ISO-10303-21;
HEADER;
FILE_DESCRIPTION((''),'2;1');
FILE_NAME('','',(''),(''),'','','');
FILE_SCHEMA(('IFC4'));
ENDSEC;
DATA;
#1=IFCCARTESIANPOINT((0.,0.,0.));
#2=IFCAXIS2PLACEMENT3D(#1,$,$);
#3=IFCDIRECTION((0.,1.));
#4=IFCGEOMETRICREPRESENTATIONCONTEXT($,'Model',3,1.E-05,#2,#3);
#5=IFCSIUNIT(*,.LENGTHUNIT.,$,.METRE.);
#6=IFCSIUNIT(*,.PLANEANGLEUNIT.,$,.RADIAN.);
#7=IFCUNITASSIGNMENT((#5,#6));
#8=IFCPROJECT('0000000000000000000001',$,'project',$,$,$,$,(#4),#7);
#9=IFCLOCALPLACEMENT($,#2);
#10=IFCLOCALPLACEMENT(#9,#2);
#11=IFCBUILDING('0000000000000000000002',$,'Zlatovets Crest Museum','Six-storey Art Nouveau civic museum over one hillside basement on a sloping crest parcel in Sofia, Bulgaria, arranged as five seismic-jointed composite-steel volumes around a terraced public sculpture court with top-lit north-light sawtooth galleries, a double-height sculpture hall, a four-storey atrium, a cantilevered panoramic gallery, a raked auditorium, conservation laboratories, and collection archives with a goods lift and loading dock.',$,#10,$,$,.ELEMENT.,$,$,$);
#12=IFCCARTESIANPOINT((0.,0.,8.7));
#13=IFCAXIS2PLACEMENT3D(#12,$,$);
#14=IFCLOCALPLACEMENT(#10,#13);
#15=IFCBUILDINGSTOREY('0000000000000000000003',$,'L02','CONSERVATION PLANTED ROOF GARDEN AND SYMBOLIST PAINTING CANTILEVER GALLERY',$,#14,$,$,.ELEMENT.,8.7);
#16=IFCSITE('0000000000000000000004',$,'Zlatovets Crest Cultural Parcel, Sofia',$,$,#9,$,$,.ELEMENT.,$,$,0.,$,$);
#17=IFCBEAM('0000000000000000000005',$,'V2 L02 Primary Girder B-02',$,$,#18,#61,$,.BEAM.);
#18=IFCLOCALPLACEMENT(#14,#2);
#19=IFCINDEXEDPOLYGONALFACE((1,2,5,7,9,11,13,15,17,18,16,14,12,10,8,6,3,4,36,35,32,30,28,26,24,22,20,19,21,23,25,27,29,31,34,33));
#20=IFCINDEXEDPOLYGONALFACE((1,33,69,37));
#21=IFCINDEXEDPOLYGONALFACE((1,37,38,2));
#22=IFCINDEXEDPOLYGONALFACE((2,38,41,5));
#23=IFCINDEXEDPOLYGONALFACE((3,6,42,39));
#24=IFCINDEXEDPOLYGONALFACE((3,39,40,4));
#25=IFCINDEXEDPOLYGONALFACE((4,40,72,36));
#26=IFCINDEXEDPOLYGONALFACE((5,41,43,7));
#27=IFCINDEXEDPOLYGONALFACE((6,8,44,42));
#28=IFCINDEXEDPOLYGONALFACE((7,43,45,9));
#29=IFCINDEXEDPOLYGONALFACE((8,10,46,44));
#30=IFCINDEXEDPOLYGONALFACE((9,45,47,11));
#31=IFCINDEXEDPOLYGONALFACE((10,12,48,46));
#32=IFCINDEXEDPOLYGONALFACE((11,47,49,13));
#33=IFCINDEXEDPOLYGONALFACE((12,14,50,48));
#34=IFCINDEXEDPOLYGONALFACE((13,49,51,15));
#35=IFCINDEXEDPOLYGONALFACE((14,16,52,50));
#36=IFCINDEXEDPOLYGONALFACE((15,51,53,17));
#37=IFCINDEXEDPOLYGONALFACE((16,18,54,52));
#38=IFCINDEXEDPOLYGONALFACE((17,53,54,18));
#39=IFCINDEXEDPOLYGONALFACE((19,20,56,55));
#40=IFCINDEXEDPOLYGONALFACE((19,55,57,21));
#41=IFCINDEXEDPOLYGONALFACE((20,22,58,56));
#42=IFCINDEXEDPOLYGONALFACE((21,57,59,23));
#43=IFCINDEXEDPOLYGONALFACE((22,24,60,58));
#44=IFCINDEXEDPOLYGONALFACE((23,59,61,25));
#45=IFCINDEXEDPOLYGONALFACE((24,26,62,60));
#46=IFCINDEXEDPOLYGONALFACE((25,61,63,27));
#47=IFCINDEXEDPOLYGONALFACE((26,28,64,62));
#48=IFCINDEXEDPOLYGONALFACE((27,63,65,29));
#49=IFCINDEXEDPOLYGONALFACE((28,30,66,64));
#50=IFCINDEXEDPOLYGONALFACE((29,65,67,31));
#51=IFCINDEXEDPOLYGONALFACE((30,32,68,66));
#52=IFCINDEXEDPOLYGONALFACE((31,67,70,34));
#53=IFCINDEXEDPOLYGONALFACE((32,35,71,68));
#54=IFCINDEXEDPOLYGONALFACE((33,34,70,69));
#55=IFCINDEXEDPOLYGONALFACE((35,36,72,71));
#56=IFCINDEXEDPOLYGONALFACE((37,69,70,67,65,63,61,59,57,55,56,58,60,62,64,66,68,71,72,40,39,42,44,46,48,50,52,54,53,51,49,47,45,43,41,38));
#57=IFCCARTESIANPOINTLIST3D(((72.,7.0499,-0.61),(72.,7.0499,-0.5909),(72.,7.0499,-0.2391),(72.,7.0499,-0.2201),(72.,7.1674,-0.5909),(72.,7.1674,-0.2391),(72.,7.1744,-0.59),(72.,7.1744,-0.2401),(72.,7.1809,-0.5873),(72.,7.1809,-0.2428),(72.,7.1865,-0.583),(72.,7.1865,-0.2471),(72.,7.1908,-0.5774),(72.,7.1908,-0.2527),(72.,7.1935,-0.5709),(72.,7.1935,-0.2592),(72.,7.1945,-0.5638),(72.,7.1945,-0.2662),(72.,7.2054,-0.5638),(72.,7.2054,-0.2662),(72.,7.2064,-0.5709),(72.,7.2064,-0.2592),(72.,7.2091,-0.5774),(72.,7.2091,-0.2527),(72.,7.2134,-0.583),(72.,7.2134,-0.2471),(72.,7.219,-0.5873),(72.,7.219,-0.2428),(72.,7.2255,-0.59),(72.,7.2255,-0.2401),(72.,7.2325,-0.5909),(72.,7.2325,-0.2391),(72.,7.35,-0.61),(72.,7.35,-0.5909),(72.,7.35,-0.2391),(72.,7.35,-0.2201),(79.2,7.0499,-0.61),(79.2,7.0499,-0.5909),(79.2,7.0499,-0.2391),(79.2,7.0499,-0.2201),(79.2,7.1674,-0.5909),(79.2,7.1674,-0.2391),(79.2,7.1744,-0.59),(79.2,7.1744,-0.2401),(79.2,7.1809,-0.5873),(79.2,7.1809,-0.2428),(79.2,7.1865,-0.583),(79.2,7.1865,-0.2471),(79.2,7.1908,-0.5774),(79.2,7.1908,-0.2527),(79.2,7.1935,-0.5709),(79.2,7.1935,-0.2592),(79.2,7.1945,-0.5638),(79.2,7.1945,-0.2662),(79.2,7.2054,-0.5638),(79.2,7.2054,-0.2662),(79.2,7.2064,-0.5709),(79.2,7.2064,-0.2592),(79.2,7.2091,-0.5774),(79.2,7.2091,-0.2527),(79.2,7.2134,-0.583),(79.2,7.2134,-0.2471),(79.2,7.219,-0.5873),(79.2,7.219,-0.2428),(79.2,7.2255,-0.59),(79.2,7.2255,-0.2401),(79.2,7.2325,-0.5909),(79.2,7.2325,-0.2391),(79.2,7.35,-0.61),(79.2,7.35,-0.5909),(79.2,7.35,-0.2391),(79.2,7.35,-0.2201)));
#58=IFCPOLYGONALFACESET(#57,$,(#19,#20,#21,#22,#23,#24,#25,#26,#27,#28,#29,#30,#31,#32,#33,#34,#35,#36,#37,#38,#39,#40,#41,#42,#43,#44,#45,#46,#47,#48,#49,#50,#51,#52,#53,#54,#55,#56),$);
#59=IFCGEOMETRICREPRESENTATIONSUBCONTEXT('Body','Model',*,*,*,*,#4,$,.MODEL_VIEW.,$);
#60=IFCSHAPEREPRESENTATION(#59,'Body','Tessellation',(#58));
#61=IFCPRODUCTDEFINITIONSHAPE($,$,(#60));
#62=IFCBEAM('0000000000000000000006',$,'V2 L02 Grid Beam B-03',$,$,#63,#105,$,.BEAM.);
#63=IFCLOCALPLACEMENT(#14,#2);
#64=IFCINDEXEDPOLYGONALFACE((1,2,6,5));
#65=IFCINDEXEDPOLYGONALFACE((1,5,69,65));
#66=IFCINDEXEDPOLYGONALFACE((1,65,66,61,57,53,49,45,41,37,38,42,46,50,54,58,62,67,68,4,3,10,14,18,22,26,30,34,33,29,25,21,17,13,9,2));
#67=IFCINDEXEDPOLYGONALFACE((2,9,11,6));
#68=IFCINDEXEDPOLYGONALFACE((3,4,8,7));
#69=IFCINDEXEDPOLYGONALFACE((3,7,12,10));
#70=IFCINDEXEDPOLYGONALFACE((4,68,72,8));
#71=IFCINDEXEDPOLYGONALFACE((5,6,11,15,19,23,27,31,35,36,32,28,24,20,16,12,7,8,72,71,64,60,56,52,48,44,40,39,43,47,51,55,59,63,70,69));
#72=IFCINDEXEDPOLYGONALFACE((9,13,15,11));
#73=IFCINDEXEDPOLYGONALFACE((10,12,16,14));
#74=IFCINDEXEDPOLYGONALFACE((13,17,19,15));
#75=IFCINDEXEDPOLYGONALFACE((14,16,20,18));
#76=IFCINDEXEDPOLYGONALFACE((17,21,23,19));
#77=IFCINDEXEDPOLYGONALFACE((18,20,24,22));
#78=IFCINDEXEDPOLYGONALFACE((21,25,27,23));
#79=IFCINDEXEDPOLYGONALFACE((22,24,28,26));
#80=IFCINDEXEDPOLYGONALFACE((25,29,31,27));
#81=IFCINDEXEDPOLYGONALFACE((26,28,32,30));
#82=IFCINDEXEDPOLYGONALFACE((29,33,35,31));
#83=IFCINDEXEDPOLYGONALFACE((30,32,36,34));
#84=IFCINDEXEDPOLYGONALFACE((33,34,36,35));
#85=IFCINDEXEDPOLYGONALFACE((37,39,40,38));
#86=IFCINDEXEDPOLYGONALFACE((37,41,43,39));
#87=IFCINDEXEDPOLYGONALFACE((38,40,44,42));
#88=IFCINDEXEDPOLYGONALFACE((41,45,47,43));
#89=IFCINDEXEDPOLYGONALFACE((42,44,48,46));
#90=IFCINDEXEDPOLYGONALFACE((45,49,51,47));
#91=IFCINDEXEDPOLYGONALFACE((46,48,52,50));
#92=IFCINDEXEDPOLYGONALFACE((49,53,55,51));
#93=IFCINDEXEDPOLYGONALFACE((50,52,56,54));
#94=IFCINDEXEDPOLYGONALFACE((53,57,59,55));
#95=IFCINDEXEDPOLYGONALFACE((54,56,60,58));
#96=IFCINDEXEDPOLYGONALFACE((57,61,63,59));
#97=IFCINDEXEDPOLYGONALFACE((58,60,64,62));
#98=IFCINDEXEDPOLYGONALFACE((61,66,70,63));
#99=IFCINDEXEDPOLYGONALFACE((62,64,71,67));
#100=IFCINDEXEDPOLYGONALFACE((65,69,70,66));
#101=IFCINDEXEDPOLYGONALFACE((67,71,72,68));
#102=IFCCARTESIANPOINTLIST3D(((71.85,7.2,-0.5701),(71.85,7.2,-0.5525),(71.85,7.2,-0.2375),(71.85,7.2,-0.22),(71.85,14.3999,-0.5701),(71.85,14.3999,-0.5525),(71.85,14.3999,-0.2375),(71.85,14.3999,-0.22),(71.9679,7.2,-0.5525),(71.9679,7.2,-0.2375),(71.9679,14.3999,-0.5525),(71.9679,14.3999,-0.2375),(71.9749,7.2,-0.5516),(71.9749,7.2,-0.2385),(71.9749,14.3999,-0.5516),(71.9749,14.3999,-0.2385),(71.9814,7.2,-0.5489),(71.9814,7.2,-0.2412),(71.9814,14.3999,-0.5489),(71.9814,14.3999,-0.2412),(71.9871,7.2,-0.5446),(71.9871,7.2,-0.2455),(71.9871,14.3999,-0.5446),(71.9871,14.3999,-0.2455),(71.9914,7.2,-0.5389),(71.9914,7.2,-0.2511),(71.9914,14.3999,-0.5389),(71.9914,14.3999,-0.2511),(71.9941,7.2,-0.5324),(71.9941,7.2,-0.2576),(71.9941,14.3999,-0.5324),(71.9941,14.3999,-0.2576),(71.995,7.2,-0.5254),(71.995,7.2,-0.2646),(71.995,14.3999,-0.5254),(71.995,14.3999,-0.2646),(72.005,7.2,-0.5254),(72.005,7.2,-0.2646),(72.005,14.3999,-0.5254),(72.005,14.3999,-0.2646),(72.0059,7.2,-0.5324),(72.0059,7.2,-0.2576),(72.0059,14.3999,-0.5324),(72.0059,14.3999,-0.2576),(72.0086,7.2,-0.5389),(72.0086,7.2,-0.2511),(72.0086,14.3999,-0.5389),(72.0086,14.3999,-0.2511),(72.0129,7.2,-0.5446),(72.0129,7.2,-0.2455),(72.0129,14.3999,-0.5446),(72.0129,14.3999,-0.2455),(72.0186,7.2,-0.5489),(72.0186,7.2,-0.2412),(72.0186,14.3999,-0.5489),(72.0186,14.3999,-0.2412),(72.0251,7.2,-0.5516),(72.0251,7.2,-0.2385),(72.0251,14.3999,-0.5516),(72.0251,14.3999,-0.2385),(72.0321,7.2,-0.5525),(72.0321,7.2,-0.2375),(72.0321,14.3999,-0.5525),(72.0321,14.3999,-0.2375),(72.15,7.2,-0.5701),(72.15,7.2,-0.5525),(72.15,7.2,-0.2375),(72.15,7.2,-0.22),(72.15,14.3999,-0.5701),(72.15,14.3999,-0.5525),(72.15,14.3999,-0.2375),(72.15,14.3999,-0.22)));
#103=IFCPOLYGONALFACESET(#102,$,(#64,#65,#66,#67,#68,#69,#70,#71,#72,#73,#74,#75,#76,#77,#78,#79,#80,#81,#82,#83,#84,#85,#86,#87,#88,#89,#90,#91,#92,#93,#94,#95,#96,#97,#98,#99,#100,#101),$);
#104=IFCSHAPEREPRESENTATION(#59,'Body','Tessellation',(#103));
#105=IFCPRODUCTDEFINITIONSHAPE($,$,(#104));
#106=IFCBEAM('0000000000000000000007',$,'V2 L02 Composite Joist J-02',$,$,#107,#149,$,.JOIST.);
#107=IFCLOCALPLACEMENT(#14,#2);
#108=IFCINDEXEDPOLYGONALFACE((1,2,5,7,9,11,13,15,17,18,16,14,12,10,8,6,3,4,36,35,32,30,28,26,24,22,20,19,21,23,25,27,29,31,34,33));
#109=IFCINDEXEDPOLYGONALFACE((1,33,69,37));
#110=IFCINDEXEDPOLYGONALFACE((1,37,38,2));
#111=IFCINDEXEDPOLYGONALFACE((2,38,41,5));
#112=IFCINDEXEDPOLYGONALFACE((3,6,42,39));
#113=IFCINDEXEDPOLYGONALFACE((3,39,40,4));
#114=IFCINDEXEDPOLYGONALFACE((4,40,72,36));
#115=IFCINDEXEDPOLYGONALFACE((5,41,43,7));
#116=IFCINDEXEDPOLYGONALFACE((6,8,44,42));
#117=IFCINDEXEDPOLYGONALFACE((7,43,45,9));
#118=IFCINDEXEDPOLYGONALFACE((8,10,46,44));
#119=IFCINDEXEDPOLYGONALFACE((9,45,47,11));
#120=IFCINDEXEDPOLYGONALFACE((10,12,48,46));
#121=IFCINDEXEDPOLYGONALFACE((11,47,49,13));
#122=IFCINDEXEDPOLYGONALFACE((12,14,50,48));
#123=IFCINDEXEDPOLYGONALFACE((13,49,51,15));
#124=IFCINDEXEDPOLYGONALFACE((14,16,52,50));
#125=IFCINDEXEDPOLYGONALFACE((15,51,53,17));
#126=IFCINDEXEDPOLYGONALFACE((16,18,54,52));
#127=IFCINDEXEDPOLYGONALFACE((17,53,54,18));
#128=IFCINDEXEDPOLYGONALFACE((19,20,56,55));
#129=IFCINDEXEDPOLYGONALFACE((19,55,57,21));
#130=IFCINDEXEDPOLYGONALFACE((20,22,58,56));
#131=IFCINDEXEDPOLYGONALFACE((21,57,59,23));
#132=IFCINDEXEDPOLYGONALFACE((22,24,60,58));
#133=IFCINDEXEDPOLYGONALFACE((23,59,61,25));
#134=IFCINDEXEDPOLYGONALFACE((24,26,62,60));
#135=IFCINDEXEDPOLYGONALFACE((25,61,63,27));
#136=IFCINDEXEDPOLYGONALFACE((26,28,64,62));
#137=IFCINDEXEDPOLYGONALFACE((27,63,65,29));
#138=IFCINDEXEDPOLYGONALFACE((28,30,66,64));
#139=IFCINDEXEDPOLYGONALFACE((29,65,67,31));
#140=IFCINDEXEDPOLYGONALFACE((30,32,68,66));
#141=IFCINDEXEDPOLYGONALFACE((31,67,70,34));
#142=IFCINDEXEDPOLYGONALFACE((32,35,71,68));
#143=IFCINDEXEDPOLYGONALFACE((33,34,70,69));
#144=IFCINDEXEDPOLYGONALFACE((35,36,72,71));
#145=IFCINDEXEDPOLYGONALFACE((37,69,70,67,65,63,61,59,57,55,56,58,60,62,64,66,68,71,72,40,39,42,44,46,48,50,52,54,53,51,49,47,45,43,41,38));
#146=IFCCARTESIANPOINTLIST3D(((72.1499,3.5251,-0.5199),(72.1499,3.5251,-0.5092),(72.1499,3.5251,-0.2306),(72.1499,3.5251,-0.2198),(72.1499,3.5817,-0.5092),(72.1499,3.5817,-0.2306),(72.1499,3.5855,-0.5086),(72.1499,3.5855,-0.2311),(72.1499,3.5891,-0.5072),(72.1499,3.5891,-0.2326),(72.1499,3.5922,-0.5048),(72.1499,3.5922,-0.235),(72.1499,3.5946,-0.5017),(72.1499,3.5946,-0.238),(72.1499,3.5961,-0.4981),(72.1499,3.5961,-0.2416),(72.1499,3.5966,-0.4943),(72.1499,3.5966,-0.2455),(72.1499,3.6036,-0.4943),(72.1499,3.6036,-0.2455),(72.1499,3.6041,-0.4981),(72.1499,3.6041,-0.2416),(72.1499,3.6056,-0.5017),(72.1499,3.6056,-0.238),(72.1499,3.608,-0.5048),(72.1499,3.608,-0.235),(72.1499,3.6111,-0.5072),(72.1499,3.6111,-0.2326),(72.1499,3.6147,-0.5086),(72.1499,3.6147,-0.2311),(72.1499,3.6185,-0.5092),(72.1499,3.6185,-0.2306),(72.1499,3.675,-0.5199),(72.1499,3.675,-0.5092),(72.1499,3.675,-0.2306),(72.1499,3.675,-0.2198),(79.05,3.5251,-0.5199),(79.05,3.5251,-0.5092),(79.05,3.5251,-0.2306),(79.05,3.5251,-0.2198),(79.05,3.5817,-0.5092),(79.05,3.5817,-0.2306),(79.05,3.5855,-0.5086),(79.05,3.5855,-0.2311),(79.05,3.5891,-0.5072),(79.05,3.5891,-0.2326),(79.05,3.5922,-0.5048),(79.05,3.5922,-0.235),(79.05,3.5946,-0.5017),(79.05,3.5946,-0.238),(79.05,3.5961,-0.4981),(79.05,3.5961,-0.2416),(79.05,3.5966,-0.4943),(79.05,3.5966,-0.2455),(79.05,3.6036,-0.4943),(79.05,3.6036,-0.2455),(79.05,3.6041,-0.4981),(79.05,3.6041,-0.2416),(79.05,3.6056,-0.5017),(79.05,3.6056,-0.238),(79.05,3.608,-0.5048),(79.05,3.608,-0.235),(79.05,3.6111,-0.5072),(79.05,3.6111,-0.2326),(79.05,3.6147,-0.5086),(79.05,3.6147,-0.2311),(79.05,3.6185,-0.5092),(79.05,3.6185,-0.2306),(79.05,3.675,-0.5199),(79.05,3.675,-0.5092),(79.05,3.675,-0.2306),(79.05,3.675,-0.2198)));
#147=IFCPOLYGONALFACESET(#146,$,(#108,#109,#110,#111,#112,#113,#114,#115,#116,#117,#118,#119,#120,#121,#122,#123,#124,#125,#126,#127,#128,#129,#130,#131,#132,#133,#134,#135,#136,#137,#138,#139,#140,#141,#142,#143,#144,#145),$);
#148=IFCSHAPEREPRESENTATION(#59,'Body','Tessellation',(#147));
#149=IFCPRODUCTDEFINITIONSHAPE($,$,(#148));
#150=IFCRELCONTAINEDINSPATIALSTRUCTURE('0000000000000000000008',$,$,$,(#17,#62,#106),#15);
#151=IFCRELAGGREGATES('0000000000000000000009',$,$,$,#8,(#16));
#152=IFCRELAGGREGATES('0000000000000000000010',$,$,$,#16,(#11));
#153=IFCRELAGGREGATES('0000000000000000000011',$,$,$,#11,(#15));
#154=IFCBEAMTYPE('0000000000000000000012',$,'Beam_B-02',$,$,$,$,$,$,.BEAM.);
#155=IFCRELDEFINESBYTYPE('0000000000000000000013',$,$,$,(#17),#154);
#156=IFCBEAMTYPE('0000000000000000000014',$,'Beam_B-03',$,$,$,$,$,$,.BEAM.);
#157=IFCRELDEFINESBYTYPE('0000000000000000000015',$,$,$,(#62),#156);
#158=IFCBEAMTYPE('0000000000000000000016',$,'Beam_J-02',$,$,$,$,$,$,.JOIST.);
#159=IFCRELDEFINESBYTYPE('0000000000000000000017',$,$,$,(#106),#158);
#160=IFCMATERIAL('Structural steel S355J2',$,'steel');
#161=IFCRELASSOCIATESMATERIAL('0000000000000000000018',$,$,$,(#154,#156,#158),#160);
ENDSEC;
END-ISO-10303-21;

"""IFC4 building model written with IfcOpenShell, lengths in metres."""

from ifc_helpers import new_model, si_unit, direction, frame, origin, origin_2d, place, context, subcontext, project, spatial, i_section, extrude, material, material_profile, profile_set, type_object, element, save


model = new_model("IFC4")

# Units and contexts
model_context = context("Model", 3, precision=1e-05, world=origin(), true_north=direction((0.0, 1.0)))
body_context = subcontext(model_context, "Body", "Model", "MODEL_VIEW")
ifc_project = project(units=[si_unit("LENGTHUNIT", "METRE"), si_unit("PLANEANGLEUNIT", "RADIAN")], contexts=[model_context])

# Site, building, storey
site_placement = place(None, origin())
site = spatial("IfcSite", under=ifc_project, at=site_placement, Name="Zlatovets Crest Cultural Parcel, Sofia", CompositionType="ELEMENT", RefElevation=0.0)
building_placement = place(site_placement, origin())
building = spatial("IfcBuilding", under=site, at=building_placement, Name="Zlatovets Crest Museum", Description="Six-storey Art Nouveau civic museum over one hillside basement on a sloping crest parcel in Sofia, Bulgaria, arranged as five seismic-jointed composite-steel volumes around a terraced public sculpture court with top-lit north-light sawtooth galleries, a double-height sculpture hall, a four-storey atrium, a cantilevered panoramic gallery, a raked auditorium, conservation laboratories, and collection archives with a goods lift and loading dock.", CompositionType="ELEMENT")
storey_placement = place(building_placement, frame((0.0, 0.0, 8.7)))
storey = spatial("IfcBuildingStorey", under=building, at=storey_placement, Name="L02", Description="CONSERVATION PLANTED ROOF GARDEN AND SYMBOLIST PAINTING CANTILEVER GALLERY", CompositionType="ELEMENT", Elevation=8.7)

# Shared definitions
ifc_material_1 = material(Name="Structural steel S355J2", Category="steel")

# Beams
ifc_material_profile_1 = material_profile(ifc_material_1, i_section(OverallWidth=0.3, OverallDepth=0.3899, WebThickness=0.011, FlangeThickness=0.019, FilletRadius=0.0271, at=origin_2d()), Name="HEA 400")
ifc_profile_set_1 = profile_set([ifc_material_profile_1], Name="Structural steel S355J2")
beam_type_1 = type_object("IfcBeamType", Name="Beam_B-02", PredefinedType="BEAM", material=ifc_profile_set_1)
for number, where, z_axis, x_axis, name in (
    (1, (72.0, 7.2, -0.415), (1.0, 0.0, 0.0), (0.0, 1.0, 0.0), "V2 L02 Primary Girder B-02"),
):
    element("IfcBeam", number, at=place(storey_placement, frame(where, z_axis=z_axis, x_axis=x_axis)), inside=storey, type_object=beam_type_1, Name=name, PredefinedType="BEAM", context=body_context, shape_type="SweptSolid", body=[
        extrude(i_section(OverallWidth=0.3, OverallDepth=0.3899, WebThickness=0.011, FlangeThickness=0.019, FilletRadius=0.0271, at=origin_2d()), origin(), (0.0, 0.0, 1.0), 7.2),
    ])
ifc_material_profile_2 = material_profile(ifc_material_1, i_section(OverallWidth=0.3, OverallDepth=0.3501, WebThickness=0.01, FlangeThickness=0.0176, FilletRadius=0.0271, at=origin_2d()), Name="HEA 360")
ifc_profile_set_2 = profile_set([ifc_material_profile_2], Name="Structural steel S355J2")
beam_type_2 = type_object("IfcBeamType", Name="Beam_B-03", PredefinedType="BEAM", material=ifc_profile_set_2)
beam_1_placement = place(storey_placement, frame((72.0, 7.2, -0.395), z_axis=(0.0, 1.0, 0.0), x_axis=(-1.0, 0.0, 0.0)))
element("IfcBeam", 2, at=beam_1_placement, inside=storey, type_object=beam_type_2, Name="V2 L02 Grid Beam B-03", PredefinedType="BEAM", context=body_context, shape_type="SweptSolid", body=[
    extrude(i_section(OverallWidth=0.3, OverallDepth=0.3501, WebThickness=0.01, FlangeThickness=0.0176, FilletRadius=0.0271, at=origin_2d()), origin(), (0.0, 0.0, 1.0), 7.2),
])
ifc_material_profile_3 = material_profile(ifc_material_1, i_section(OverallWidth=0.1499, OverallDepth=0.3, WebThickness=0.0071, FlangeThickness=0.0107, FilletRadius=0.0149, at=origin_2d()), Name="IPE 300")
ifc_profile_set_3 = profile_set([ifc_material_profile_3], Name="Structural steel S355J2")
beam_type_3 = type_object("IfcBeamType", Name="Beam_J-02", PredefinedType="JOIST", material=ifc_profile_set_3)
beam_2_placement = place(storey_placement, frame((72.1499, 3.6001, -0.3699), z_axis=(1.0, 0.0, 0.0), x_axis=(0.0, 1.0, 0.0)))
element("IfcBeam", 3, at=beam_2_placement, inside=storey, type_object=beam_type_3, Name="V2 L02 Composite Joist J-02", PredefinedType="JOIST", context=body_context, shape_type="SweptSolid", body=[
    extrude(i_section(OverallWidth=0.1499, OverallDepth=0.3, WebThickness=0.0071, FlangeThickness=0.0107, FilletRadius=0.0149, at=origin_2d()), origin(), (0.0, 0.0, 1.0), 6.9001),
])

save(model, "model.ifc")
